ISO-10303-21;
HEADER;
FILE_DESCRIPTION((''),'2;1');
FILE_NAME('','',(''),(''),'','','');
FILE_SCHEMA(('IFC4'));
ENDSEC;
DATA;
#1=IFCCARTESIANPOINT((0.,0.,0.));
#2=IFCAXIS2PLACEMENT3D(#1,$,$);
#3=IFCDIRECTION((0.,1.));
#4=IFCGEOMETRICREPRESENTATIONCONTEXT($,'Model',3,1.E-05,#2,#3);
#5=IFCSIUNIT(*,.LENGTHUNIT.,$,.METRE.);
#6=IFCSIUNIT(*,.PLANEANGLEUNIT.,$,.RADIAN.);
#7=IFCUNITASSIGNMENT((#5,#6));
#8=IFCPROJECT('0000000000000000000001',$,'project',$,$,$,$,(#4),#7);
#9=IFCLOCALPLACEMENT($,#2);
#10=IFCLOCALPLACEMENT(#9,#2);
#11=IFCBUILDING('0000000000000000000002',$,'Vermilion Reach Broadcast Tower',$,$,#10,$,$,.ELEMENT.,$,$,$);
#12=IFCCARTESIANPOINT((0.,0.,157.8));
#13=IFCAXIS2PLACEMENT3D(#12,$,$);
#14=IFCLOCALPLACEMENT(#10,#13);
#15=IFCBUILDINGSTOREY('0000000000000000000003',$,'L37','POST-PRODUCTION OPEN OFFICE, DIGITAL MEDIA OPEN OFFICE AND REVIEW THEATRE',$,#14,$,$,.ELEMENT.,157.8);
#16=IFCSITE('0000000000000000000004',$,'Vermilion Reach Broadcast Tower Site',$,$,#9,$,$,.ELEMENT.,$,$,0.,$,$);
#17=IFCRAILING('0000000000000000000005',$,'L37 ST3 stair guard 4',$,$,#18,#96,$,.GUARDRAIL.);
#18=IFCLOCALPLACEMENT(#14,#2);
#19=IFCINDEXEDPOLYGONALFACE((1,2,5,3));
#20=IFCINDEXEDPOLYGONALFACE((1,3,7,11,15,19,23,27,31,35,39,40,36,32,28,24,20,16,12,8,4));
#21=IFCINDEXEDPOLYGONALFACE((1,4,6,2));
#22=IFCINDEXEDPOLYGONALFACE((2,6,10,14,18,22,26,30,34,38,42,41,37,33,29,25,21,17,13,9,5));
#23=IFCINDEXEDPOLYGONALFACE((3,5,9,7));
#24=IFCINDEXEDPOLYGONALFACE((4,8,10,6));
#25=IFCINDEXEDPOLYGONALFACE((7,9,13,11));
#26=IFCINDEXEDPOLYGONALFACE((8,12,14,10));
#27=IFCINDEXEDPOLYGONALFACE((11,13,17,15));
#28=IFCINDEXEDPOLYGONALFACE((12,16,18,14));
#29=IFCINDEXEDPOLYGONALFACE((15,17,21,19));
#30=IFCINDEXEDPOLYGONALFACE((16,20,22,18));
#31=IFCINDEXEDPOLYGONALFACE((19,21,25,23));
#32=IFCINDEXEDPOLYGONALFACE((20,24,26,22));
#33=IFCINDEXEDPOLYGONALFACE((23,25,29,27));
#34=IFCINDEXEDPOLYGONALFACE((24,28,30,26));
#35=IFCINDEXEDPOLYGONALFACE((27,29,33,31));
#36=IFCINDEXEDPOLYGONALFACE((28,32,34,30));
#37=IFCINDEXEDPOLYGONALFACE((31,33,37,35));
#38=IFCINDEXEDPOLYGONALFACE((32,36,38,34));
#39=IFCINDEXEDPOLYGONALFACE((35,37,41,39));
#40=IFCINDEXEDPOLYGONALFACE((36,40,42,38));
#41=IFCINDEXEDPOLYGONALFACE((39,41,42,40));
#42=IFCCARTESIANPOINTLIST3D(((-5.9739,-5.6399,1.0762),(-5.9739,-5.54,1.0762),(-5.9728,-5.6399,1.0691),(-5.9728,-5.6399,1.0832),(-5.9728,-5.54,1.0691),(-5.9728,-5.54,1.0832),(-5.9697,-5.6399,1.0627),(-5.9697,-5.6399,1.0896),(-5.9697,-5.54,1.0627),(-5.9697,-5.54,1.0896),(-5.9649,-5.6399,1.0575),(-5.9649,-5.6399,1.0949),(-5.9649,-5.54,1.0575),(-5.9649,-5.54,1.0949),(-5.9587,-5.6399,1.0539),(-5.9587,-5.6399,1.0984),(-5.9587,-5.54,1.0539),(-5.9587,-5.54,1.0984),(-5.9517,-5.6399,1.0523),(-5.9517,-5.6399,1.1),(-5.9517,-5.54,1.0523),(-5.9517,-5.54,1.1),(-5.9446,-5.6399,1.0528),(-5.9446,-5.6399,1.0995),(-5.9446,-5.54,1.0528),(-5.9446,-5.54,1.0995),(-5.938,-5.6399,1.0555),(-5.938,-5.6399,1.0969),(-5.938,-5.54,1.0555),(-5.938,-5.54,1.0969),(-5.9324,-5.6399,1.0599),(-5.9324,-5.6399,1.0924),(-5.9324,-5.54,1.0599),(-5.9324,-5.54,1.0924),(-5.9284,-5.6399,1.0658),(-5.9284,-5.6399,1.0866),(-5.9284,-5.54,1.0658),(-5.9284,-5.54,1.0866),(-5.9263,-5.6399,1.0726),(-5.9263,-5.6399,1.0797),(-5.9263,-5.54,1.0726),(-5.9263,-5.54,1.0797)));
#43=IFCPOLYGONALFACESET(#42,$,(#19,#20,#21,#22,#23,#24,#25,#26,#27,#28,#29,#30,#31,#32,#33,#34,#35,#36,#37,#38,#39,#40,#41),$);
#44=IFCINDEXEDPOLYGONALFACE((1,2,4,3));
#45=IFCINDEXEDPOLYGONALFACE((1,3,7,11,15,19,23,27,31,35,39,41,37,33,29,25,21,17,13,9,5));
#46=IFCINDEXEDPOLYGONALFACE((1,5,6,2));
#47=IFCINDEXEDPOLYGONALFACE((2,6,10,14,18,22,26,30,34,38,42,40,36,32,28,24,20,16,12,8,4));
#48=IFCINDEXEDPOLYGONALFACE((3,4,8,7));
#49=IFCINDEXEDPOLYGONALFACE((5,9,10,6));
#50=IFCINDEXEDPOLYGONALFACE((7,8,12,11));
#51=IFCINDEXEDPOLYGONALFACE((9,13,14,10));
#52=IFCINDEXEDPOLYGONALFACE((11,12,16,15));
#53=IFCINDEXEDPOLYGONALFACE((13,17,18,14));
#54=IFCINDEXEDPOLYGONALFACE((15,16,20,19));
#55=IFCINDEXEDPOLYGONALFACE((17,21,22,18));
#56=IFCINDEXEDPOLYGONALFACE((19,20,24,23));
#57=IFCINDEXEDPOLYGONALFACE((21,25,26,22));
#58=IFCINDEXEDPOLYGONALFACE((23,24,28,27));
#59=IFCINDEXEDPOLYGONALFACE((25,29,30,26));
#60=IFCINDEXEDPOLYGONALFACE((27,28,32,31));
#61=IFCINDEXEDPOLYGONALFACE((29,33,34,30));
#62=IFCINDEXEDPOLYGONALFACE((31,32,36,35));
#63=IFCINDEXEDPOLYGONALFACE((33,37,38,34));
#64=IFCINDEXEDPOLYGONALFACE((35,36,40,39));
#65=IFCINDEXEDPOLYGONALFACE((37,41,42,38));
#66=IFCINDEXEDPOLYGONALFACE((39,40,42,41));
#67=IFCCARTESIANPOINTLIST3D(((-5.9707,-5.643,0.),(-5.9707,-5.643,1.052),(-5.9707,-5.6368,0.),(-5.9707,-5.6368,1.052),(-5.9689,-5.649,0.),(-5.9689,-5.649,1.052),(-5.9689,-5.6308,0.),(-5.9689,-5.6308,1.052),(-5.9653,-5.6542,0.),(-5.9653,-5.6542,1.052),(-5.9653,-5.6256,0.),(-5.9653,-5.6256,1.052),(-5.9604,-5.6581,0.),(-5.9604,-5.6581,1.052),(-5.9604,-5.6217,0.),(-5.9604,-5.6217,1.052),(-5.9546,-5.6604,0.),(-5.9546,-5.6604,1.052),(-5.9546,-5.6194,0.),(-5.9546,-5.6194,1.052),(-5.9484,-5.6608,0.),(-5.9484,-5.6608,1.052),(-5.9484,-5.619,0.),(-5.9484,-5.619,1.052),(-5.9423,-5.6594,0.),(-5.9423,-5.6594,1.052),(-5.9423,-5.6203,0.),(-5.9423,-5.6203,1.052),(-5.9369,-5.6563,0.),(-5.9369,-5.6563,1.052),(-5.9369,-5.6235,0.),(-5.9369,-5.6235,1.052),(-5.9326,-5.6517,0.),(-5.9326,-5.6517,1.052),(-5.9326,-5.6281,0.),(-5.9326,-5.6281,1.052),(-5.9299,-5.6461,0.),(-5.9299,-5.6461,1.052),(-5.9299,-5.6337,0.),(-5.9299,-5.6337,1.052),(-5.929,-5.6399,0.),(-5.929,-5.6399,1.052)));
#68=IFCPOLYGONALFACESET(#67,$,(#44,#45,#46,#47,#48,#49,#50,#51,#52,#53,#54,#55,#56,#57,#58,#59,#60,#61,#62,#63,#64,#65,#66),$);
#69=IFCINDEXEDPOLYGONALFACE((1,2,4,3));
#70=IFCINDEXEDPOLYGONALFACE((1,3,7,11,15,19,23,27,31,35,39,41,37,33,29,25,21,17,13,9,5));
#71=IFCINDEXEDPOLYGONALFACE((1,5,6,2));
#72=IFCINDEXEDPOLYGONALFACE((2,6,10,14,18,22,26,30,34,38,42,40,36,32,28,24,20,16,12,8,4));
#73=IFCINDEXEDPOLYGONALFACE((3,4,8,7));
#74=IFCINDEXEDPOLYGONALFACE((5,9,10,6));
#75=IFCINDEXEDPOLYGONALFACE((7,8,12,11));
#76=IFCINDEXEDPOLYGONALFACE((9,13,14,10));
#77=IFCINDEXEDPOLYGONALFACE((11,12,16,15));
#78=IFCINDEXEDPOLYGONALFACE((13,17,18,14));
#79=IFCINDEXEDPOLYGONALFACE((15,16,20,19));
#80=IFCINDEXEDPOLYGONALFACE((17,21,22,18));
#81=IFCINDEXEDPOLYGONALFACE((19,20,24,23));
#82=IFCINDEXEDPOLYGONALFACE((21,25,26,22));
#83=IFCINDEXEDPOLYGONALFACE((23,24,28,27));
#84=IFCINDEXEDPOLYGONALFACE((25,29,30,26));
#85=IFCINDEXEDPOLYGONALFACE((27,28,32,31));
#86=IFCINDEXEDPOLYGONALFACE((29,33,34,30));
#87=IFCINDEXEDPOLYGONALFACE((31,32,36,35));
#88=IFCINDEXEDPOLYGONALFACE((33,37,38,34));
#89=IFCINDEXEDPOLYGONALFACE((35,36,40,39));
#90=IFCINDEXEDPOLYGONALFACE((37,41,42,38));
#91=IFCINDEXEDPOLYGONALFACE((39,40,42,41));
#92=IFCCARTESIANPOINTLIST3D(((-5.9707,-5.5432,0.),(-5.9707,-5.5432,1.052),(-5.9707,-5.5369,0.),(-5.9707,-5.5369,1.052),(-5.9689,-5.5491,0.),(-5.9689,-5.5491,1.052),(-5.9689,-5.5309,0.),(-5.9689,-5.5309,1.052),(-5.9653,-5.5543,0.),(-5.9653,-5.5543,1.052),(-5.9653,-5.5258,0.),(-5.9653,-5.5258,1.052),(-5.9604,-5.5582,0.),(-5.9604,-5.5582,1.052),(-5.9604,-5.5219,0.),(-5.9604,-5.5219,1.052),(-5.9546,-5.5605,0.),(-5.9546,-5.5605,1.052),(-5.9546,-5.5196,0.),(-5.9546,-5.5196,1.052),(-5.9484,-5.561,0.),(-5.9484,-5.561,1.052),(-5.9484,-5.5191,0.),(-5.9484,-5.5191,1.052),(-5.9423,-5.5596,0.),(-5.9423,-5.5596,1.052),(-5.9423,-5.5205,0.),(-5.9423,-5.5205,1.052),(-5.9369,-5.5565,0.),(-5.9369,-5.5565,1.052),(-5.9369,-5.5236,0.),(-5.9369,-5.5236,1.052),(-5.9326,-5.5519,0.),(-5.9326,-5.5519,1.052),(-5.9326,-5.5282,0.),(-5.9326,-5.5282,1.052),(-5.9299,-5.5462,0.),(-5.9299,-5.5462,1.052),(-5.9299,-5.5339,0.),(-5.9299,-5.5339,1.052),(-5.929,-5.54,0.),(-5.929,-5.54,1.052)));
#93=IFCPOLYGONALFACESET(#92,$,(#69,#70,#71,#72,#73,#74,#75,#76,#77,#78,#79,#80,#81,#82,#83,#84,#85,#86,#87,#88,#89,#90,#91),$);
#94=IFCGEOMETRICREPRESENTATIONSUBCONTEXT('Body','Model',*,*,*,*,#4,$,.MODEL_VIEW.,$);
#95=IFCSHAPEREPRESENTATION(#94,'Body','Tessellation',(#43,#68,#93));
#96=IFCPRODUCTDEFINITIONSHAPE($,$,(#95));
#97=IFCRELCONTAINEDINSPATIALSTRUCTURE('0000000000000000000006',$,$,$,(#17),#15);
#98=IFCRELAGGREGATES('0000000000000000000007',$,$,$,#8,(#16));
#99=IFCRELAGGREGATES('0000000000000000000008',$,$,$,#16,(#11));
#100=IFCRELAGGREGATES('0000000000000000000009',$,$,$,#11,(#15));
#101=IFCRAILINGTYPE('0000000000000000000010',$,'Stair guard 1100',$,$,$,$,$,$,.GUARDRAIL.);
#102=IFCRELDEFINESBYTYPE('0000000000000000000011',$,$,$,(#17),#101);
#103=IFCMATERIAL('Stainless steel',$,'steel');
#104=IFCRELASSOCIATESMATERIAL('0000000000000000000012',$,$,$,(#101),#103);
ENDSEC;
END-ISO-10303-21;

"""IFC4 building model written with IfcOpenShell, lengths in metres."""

from ifc_helpers import new_model, si_unit, direction, frame, origin, origin_2d, place, context, subcontext, project, spatial, circle, extrude, material, type_object, element, save


model = new_model("IFC4")

# Units and contexts
model_context = context("Model", 3, precision=1e-05, world=origin(), true_north=direction((0.0, 1.0)))
body_context = subcontext(model_context, "Body", "Model", "MODEL_VIEW")
ifc_project = project(units=[si_unit("LENGTHUNIT", "METRE"), si_unit("PLANEANGLEUNIT", "RADIAN")], contexts=[model_context])

# Site, building, storey
site_placement = place(None, origin())
site = spatial("IfcSite", under=ifc_project, at=site_placement, Name="Vermilion Reach Broadcast Tower Site", CompositionType="ELEMENT", RefElevation=0.0)
building_placement = place(site_placement, origin())
building = spatial("IfcBuilding", under=site, at=building_placement, Name="Vermilion Reach Broadcast Tower", CompositionType="ELEMENT")
storey_placement = place(building_placement, frame((0.0, 0.0, 157.8)))
storey = spatial("IfcBuildingStorey", under=building, at=storey_placement, Name="L37", Description="POST-PRODUCTION OPEN OFFICE, DIGITAL MEDIA OPEN OFFICE AND REVIEW THEATRE", CompositionType="ELEMENT", Elevation=157.8)

# Railing
ifc_material_1 = material(Name="Stainless steel", Category="steel")
railing_type_1 = type_object("IfcRailingType", Name="Stair guard 1100", PredefinedType="GUARDRAIL", material=ifc_material_1)
railing_1_placement = place(storey_placement, frame((-5.95, -5.6399, 0.0)))
element("IfcRailing", 1, at=railing_1_placement, inside=storey, type_object=railing_type_1, Name="L37 ST3 stair guard 4", PredefinedType="GUARDRAIL", context=body_context, shape_type="SweptSolid", body=[
    extrude(circle(Radius=0.0239, at=origin_2d()), frame((0.0, 0.0, 1.0762), z_axis=(0.0, 1.0, 0.0), x_axis=(-1.0, 0.0, 0.0)), (0.0, 0.0, 1.0), 0.0999),
    extrude(circle(Radius=0.021, at=origin_2d()), origin(), (0.0, 0.0, 1.0), 1.052),
    extrude(circle(Radius=0.021, at=origin_2d()), frame((0.0, 0.0999, 0.0)), (0.0, 0.0, 1.0), 1.052),
])

save(model, "model.ifc")
